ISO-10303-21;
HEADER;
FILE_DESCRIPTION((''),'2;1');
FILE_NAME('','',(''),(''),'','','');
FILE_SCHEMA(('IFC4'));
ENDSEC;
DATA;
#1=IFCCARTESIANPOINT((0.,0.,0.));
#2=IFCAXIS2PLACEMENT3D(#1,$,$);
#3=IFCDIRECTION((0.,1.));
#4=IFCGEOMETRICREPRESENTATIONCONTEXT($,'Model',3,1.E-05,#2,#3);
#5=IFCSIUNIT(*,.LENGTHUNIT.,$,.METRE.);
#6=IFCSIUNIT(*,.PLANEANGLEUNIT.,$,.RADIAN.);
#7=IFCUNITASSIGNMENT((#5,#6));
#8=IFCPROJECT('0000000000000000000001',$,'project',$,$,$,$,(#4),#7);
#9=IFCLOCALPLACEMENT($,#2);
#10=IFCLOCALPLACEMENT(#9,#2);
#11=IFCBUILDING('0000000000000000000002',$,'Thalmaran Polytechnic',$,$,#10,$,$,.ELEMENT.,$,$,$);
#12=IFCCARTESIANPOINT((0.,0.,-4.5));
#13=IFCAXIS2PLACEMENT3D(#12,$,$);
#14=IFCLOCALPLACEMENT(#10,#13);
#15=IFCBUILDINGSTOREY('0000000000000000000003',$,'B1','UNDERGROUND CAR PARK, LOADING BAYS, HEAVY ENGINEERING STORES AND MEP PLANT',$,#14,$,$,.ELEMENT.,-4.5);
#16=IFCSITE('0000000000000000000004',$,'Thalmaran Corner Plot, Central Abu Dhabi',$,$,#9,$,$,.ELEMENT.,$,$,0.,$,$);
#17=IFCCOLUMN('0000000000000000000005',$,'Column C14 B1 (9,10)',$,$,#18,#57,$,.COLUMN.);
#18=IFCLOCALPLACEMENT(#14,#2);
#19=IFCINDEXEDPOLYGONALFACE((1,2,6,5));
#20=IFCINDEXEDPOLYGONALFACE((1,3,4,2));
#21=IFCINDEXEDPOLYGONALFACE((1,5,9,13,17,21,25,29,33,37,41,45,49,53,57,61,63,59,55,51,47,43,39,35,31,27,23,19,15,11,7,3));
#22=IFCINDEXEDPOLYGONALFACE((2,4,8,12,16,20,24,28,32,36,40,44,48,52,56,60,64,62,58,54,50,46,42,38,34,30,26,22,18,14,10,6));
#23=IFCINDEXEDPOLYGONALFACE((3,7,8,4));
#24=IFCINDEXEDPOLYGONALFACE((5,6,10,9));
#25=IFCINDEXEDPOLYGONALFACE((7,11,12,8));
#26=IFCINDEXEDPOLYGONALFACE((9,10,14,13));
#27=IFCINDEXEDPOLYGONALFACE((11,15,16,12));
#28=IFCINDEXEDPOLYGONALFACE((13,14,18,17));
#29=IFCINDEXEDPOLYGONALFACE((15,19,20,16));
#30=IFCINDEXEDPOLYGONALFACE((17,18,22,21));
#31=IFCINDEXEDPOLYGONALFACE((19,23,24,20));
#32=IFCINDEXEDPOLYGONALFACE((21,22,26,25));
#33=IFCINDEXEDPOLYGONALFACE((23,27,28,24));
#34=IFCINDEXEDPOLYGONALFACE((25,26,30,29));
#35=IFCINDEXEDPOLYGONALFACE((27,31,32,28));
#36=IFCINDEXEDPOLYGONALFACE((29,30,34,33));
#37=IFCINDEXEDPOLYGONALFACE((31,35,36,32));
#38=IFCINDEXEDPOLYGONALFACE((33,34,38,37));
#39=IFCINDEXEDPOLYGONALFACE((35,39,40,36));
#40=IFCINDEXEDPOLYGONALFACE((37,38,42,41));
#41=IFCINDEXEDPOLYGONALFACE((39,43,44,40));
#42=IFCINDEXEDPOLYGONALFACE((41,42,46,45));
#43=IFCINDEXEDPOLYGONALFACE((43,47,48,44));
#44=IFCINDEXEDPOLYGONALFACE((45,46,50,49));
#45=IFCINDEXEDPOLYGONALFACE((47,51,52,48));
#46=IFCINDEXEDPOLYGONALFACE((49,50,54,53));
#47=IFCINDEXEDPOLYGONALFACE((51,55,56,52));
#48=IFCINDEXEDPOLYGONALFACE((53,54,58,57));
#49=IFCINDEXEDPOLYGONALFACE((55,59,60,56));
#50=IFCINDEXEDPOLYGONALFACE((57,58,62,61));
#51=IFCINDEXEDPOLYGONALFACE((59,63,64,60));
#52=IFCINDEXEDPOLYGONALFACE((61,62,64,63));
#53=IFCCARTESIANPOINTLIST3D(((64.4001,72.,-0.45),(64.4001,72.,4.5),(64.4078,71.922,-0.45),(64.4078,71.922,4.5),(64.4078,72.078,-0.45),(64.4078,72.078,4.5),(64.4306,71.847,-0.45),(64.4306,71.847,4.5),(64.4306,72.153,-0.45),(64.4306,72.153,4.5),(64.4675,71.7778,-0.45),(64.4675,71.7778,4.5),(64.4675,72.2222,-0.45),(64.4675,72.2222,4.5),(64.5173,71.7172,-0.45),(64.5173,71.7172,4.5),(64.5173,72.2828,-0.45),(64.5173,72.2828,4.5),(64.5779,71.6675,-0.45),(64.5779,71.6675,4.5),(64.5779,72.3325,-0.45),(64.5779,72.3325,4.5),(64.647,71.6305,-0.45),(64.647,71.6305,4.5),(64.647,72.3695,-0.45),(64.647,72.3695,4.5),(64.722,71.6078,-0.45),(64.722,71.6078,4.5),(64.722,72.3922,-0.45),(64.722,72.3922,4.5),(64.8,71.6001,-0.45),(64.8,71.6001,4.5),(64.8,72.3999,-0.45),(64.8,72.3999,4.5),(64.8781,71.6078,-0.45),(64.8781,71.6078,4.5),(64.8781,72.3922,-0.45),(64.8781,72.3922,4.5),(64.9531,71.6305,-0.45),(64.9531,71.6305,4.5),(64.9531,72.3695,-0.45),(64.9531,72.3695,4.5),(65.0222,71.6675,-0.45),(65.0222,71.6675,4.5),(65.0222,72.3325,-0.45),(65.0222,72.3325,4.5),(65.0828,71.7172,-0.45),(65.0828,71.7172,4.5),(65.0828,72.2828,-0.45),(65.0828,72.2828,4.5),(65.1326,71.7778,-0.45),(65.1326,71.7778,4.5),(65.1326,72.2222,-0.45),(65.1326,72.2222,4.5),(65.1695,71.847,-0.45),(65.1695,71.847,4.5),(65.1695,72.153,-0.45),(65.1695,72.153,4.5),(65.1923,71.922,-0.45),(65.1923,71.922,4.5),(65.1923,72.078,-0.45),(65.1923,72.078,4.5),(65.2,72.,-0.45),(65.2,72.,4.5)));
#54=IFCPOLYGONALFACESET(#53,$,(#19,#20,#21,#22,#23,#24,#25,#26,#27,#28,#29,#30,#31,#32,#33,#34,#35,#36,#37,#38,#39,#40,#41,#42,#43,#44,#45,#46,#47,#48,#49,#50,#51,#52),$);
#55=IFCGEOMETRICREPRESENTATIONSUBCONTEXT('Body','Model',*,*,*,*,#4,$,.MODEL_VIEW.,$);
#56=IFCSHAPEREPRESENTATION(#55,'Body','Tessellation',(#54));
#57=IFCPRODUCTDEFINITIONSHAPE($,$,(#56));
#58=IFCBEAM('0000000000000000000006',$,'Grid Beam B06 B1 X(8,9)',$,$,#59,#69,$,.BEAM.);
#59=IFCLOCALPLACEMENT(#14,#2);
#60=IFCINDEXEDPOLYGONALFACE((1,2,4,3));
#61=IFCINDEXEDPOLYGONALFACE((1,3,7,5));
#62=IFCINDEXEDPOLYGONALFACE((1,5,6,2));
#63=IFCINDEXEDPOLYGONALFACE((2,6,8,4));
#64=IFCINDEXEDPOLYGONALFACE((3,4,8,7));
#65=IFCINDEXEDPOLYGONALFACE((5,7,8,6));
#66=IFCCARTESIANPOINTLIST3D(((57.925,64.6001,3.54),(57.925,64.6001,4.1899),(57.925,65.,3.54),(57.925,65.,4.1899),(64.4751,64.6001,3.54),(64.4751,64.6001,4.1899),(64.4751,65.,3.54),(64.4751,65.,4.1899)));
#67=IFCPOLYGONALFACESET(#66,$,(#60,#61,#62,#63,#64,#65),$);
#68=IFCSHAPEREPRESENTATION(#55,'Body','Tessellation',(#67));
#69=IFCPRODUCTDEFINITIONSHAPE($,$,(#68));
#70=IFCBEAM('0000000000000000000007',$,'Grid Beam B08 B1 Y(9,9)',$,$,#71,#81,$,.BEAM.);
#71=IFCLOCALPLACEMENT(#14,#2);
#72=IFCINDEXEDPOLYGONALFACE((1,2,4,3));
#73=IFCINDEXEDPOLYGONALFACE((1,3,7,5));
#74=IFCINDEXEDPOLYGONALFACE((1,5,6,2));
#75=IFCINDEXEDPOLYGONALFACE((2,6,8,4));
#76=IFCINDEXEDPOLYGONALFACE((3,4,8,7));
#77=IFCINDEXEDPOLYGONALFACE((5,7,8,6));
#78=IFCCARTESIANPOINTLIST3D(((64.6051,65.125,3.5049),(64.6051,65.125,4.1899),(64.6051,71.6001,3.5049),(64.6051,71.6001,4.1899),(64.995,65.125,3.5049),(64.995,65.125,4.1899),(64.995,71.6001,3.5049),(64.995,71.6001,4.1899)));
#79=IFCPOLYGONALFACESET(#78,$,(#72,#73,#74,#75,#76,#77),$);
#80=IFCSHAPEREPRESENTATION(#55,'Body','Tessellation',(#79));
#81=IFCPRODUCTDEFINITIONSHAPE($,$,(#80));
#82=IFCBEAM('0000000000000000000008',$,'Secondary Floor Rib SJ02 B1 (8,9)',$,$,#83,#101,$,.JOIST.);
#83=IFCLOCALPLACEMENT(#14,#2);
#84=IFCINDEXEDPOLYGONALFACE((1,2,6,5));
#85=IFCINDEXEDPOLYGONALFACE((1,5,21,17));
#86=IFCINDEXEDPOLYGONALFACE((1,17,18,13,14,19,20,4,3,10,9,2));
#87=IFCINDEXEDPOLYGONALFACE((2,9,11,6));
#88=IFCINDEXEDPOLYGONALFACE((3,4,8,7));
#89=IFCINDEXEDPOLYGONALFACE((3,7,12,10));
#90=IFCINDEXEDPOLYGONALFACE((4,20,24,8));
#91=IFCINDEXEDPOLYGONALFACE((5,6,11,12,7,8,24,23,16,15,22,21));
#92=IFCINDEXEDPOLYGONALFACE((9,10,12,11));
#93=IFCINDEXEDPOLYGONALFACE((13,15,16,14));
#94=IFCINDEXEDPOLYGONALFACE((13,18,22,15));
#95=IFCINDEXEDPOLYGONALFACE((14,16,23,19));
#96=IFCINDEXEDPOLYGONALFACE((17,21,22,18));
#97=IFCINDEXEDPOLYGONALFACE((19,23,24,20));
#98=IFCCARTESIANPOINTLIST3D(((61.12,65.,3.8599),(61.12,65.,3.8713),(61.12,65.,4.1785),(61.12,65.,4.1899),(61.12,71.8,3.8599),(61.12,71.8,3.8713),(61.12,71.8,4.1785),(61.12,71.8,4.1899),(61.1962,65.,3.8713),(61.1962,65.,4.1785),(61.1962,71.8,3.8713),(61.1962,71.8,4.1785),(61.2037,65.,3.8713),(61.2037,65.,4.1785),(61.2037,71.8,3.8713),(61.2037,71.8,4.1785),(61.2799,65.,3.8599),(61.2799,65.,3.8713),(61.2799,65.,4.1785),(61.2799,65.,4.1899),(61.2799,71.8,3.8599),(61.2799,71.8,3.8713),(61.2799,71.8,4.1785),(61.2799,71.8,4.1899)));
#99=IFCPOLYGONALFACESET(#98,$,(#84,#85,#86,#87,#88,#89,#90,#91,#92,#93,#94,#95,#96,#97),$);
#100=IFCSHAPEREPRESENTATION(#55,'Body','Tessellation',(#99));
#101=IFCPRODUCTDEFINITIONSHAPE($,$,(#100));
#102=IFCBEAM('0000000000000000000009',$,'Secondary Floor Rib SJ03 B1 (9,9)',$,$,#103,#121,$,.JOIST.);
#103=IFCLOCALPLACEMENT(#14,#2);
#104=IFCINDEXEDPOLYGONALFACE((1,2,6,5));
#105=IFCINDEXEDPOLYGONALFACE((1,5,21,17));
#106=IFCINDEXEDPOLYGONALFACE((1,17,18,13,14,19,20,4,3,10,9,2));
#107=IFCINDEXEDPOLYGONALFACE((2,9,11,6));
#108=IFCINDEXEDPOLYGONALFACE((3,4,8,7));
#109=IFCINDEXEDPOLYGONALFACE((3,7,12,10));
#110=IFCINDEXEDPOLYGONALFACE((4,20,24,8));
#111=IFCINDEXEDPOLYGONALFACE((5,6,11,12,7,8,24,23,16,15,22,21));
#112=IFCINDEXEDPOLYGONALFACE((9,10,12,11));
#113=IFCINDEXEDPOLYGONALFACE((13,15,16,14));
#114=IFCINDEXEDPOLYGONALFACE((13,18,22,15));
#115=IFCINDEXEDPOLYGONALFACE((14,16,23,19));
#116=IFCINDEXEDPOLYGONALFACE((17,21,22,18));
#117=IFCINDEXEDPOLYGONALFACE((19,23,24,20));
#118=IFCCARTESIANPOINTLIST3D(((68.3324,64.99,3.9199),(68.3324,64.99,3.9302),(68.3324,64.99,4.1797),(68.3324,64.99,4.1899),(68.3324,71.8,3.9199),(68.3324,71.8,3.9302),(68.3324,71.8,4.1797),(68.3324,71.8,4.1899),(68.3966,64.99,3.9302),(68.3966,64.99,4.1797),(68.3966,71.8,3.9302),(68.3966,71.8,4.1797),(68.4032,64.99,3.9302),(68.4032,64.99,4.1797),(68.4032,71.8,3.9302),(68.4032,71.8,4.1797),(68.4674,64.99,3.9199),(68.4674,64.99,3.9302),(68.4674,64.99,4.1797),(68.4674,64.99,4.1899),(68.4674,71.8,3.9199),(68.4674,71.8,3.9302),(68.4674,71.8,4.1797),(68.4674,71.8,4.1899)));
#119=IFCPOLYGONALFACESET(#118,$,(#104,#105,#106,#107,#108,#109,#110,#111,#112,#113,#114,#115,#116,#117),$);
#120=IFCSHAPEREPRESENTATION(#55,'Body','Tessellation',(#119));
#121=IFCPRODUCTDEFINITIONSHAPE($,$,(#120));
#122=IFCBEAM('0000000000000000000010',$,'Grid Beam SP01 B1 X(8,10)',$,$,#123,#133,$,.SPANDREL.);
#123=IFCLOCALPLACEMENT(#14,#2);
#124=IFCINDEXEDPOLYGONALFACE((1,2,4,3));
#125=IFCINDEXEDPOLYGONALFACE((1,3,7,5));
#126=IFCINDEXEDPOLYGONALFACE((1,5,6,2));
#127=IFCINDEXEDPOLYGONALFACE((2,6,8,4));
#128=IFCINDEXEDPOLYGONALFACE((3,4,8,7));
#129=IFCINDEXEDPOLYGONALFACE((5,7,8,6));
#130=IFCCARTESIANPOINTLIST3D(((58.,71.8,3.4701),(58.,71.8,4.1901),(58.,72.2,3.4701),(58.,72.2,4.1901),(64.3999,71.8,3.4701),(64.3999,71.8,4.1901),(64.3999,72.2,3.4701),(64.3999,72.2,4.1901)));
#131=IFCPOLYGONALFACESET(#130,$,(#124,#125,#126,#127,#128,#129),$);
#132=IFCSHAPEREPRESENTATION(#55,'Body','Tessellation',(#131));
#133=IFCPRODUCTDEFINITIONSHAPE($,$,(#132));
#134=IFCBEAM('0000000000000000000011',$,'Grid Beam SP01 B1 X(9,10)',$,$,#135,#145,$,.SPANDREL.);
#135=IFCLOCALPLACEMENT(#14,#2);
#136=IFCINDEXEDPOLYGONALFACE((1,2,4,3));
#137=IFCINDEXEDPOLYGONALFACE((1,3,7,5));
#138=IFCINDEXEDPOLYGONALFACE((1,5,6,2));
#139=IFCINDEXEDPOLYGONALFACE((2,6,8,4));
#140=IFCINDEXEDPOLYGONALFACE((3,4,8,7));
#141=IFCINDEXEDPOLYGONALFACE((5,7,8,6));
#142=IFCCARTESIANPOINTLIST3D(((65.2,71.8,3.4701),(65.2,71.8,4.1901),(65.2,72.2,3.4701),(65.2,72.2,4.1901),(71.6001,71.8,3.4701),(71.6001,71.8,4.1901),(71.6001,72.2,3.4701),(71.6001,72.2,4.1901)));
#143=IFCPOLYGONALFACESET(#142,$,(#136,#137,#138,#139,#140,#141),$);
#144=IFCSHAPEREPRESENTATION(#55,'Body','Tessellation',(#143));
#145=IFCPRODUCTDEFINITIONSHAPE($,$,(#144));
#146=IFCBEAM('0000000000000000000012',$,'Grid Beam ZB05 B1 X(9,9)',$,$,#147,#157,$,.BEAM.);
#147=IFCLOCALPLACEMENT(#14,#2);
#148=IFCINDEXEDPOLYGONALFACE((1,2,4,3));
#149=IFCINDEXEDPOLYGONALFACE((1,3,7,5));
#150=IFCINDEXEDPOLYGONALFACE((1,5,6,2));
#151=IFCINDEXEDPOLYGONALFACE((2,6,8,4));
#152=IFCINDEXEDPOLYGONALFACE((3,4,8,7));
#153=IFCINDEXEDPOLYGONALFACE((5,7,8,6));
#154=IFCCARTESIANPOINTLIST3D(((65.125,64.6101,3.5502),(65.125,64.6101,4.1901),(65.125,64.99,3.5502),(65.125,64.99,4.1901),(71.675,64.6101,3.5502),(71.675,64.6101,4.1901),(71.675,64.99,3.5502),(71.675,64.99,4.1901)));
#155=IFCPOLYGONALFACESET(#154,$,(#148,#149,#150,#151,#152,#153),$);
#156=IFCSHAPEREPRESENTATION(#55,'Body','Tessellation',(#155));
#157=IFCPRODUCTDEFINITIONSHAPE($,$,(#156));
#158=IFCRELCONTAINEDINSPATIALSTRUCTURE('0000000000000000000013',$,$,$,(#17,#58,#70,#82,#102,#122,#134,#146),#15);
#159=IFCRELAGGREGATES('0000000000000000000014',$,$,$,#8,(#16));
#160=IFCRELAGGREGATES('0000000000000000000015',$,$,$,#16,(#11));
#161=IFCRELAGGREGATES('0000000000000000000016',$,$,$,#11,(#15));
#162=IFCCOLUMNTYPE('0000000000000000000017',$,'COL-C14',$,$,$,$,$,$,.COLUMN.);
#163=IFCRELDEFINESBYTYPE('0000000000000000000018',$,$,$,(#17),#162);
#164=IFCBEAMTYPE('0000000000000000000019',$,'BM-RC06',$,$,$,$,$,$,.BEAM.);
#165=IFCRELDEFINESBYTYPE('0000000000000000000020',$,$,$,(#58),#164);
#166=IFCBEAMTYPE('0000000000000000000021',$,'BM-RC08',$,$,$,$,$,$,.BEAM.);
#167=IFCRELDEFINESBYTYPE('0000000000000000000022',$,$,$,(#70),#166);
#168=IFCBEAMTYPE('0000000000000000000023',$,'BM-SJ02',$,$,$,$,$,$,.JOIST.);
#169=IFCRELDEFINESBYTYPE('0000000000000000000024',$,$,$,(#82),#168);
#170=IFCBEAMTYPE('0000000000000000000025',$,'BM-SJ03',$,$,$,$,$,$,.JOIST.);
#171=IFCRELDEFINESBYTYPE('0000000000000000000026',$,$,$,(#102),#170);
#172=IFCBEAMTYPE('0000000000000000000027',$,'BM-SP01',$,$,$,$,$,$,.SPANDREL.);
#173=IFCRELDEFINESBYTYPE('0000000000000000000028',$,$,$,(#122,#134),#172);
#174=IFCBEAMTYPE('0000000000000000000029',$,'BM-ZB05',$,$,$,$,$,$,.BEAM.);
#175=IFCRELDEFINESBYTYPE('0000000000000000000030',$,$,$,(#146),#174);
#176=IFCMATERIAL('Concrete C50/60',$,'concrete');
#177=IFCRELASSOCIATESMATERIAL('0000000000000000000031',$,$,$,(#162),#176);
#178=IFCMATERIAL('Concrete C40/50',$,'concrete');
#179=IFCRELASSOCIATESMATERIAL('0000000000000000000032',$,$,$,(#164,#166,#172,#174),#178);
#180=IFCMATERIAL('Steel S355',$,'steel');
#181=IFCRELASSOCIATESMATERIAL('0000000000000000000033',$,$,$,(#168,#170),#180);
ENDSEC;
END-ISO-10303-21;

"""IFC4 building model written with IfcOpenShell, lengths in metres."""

from ifc_helpers import new_model, si_unit, direction, frame, origin, origin_2d, place, context, subcontext, project, spatial, rectangle, circle, i_section, extrude, material, material_profile, profile_set, type_object, element, save


model = new_model("IFC4")

# Units and contexts
model_context = context("Model", 3, precision=1e-05, world=origin(), true_north=direction((0.0, 1.0)))
body_context = subcontext(model_context, "Body", "Model", "MODEL_VIEW")
ifc_project = project(units=[si_unit("LENGTHUNIT", "METRE"), si_unit("PLANEANGLEUNIT", "RADIAN")], contexts=[model_context])

# Site, building, storey
site_placement = place(None, origin())
site = spatial("IfcSite", under=ifc_project, at=site_placement, Name="Thalmaran Corner Plot, Central Abu Dhabi", CompositionType="ELEMENT", RefElevation=0.0)
building_placement = place(site_placement, origin())
building = spatial("IfcBuilding", under=site, at=building_placement, Name="Thalmaran Polytechnic", CompositionType="ELEMENT")
storey_placement = place(building_placement, frame((0.0, 0.0, -4.5)))
storey = spatial("IfcBuildingStorey", under=building, at=storey_placement, Name="B1", Description="UNDERGROUND CAR PARK, LOADING BAYS, HEAVY ENGINEERING STORES AND MEP PLANT", CompositionType="ELEMENT", Elevation=-4.5)

# Shared definitions
ifc_material_1 = material(Name="Concrete C40/50", Category="concrete")

# Column
ifc_material_2 = material(Name="Concrete C50/60", Category="concrete")
ifc_material_profile_1 = material_profile(ifc_material_2, circle(Radius=0.3999, at=origin_2d()), Name="RC 800 DIA")
ifc_profile_set_1 = profile_set([ifc_material_profile_1], Name="Concrete C50/60")
column_type_1 = type_object("IfcColumnType", Name="COL-C14", PredefinedType="COLUMN", material=ifc_profile_set_1)
column_1_placement = place(storey_placement, frame((64.8, 72.0, -0.45), z_axis=(0.0, 0.0, 1.0), x_axis=(1.0, 0.0, 0.0)))
element("IfcColumn", 1, at=column_1_placement, inside=storey, type_object=column_type_1, Name="Column C14 B1 (9,10)", PredefinedType="COLUMN", context=body_context, shape_type="SweptSolid", body=[
    extrude(circle(Radius=0.3999, at=origin_2d()), origin(), (0.0, 0.0, 1.0), 4.95),
])

# Beams
ifc_material_profile_2 = material_profile(ifc_material_1, rectangle(XDim=0.3999, YDim=0.6499, at=origin_2d()), Name="RC 400x650")
ifc_profile_set_2 = profile_set([ifc_material_profile_2], Name="Concrete C40/50")
beam_type_1 = type_object("IfcBeamType", Name="BM-RC06", PredefinedType="BEAM", material=ifc_profile_set_2)
beam_1_placement = place(storey_placement, frame((57.925, 64.8, 3.865), z_axis=(1.0, 0.0, 0.0), x_axis=(0.0, 1.0, 0.0)))
element("IfcBeam", 2, at=beam_1_placement, inside=storey, type_object=beam_type_1, Name="Grid Beam B06 B1 X(8,9)", PredefinedType="BEAM", context=body_context, shape_type="SweptSolid", body=[
    extrude(rectangle(XDim=0.3999, YDim=0.6499, at=origin_2d()), origin(), (0.0, 0.0, 1.0), 6.55),
])
ifc_material_profile_3 = material_profile(ifc_material_1, rectangle(XDim=0.3899, YDim=0.6851, at=origin_2d()), Name="RC 390x685")
ifc_profile_set_3 = profile_set([ifc_material_profile_3], Name="Concrete C40/50")
beam_type_2 = type_object("IfcBeamType", Name="BM-RC08", PredefinedType="BEAM", material=ifc_profile_set_3)
beam_2_placement = place(storey_placement, frame((64.8, 65.125, 3.8474), z_axis=(0.0, 1.0, 0.0), x_axis=(-1.0, 0.0, 0.0)))
element("IfcBeam", 3, at=beam_2_placement, inside=storey, type_object=beam_type_2, Name="Grid Beam B08 B1 Y(9,9)", PredefinedType="BEAM", context=body_context, shape_type="SweptSolid", body=[
    extrude(rectangle(XDim=0.3899, YDim=0.6851, at=origin_2d()), origin(), (0.0, 0.0, 1.0), 6.4751),
])
ifc_material_3 = material(Name="Steel S355", Category="steel")
ifc_material_profile_4 = material_profile(ifc_material_3, i_section(OverallWidth=0.1599, OverallDepth=0.3301, WebThickness=0.0076, FlangeThickness=0.0115, at=origin_2d()), Name="IPE 330")
ifc_profile_set_4 = profile_set([ifc_material_profile_4], Name="Steel S355")
beam_type_3 = type_object("IfcBeamType", Name="BM-SJ02", PredefinedType="JOIST", material=ifc_profile_set_4)
beam_3_placement = place(storey_placement, frame((61.2, 65.0, 4.0249), z_axis=(0.0, 1.0, 0.0), x_axis=(-1.0, 0.0, 0.0)))
element("IfcBeam", 4, at=beam_3_placement, inside=storey, type_object=beam_type_3, Name="Secondary Floor Rib SJ02 B1 (8,9)", PredefinedType="JOIST", context=body_context, shape_type="SweptSolid", body=[
    extrude(i_section(OverallWidth=0.1599, OverallDepth=0.3301, WebThickness=0.0076, FlangeThickness=0.0115, at=origin_2d()), origin(), (0.0, 0.0, 1.0), 6.8),
])
ifc_material_profile_5 = material_profile(ifc_material_3, i_section(OverallWidth=0.135, OverallDepth=0.27, WebThickness=0.0066, FlangeThickness=0.0103, at=origin_2d()), Name="IPE 270")
ifc_profile_set_5 = profile_set([ifc_material_profile_5], Name="Steel S355")
beam_type_4 = type_object("IfcBeamType", Name="BM-SJ03", PredefinedType="JOIST", material=ifc_profile_set_5)
beam_4_placement = place(storey_placement, frame((68.3999, 64.99, 4.0549), z_axis=(0.0, 1.0, 0.0), x_axis=(-1.0, 0.0, 0.0)))
element("IfcBeam", 5, at=beam_4_placement, inside=storey, type_object=beam_type_4, Name="Secondary Floor Rib SJ03 B1 (9,9)", PredefinedType="JOIST", context=body_context, shape_type="SweptSolid", body=[
    extrude(i_section(OverallWidth=0.135, OverallDepth=0.27, WebThickness=0.0066, FlangeThickness=0.0103, at=origin_2d()), origin(), (0.0, 0.0, 1.0), 6.8101),
])
ifc_material_profile_6 = material_profile(ifc_material_1, rectangle(XDim=0.3999, YDim=0.72, at=origin_2d()), Name="RC 400x720")
ifc_profile_set_6 = profile_set([ifc_material_profile_6], Name="Concrete C40/50")
beam_type_5 = type_object("IfcBeamType", Name="BM-SP01", PredefinedType="SPANDREL", material=ifc_profile_set_6)
beam_5_placement = place(storey_placement, frame((58.0, 72.0, 3.8301), z_axis=(1.0, 0.0, 0.0), x_axis=(0.0, 1.0, 0.0)))
element("IfcBeam", 6, at=beam_5_placement, inside=storey, type_object=beam_type_5, Name="Grid Beam SP01 B1 X(8,10)", PredefinedType="SPANDREL", context=body_context, shape_type="SweptSolid", body=[
    extrude(rectangle(XDim=0.3999, YDim=0.72, at=origin_2d()), origin(), (0.0, 0.0, 1.0), 6.3999),
])
beam_6_placement = place(storey_placement, frame((65.2, 72.0, 3.8301), z_axis=(1.0, 0.0, 0.0), x_axis=(0.0, 1.0, 0.0)))
element("IfcBeam", 7, at=beam_6_placement, inside=storey, type_object=beam_type_5, Name="Grid Beam SP01 B1 X(9,10)", PredefinedType="SPANDREL", context=body_context, shape_type="SweptSolid", body=[
    extrude(rectangle(XDim=0.3999, YDim=0.72, at=origin_2d()), origin(), (0.0, 0.0, 1.0), 6.4001),
])
ifc_material_profile_7 = material_profile(ifc_material_1, rectangle(XDim=0.3799, YDim=0.6399, at=origin_2d()), Name="RC 380x640")
ifc_profile_set_7 = profile_set([ifc_material_profile_7], Name="Concrete C40/50")
beam_type_6 = type_object("IfcBeamType", Name="BM-ZB05", PredefinedType="BEAM", material=ifc_profile_set_7)
beam_7_placement = place(storey_placement, frame((65.125, 64.8, 3.8701), z_axis=(1.0, 0.0, 0.0), x_axis=(0.0, 1.0, 0.0)))
element("IfcBeam", 8, at=beam_7_placement, inside=storey, type_object=beam_type_6, Name="Grid Beam ZB05 B1 X(9,9)", PredefinedType="BEAM", context=body_context, shape_type="SweptSolid", body=[
    extrude(rectangle(XDim=0.3799, YDim=0.6399, at=origin_2d()), origin(), (0.0, 0.0, 1.0), 6.55),
])

save(model, "model.ifc")
